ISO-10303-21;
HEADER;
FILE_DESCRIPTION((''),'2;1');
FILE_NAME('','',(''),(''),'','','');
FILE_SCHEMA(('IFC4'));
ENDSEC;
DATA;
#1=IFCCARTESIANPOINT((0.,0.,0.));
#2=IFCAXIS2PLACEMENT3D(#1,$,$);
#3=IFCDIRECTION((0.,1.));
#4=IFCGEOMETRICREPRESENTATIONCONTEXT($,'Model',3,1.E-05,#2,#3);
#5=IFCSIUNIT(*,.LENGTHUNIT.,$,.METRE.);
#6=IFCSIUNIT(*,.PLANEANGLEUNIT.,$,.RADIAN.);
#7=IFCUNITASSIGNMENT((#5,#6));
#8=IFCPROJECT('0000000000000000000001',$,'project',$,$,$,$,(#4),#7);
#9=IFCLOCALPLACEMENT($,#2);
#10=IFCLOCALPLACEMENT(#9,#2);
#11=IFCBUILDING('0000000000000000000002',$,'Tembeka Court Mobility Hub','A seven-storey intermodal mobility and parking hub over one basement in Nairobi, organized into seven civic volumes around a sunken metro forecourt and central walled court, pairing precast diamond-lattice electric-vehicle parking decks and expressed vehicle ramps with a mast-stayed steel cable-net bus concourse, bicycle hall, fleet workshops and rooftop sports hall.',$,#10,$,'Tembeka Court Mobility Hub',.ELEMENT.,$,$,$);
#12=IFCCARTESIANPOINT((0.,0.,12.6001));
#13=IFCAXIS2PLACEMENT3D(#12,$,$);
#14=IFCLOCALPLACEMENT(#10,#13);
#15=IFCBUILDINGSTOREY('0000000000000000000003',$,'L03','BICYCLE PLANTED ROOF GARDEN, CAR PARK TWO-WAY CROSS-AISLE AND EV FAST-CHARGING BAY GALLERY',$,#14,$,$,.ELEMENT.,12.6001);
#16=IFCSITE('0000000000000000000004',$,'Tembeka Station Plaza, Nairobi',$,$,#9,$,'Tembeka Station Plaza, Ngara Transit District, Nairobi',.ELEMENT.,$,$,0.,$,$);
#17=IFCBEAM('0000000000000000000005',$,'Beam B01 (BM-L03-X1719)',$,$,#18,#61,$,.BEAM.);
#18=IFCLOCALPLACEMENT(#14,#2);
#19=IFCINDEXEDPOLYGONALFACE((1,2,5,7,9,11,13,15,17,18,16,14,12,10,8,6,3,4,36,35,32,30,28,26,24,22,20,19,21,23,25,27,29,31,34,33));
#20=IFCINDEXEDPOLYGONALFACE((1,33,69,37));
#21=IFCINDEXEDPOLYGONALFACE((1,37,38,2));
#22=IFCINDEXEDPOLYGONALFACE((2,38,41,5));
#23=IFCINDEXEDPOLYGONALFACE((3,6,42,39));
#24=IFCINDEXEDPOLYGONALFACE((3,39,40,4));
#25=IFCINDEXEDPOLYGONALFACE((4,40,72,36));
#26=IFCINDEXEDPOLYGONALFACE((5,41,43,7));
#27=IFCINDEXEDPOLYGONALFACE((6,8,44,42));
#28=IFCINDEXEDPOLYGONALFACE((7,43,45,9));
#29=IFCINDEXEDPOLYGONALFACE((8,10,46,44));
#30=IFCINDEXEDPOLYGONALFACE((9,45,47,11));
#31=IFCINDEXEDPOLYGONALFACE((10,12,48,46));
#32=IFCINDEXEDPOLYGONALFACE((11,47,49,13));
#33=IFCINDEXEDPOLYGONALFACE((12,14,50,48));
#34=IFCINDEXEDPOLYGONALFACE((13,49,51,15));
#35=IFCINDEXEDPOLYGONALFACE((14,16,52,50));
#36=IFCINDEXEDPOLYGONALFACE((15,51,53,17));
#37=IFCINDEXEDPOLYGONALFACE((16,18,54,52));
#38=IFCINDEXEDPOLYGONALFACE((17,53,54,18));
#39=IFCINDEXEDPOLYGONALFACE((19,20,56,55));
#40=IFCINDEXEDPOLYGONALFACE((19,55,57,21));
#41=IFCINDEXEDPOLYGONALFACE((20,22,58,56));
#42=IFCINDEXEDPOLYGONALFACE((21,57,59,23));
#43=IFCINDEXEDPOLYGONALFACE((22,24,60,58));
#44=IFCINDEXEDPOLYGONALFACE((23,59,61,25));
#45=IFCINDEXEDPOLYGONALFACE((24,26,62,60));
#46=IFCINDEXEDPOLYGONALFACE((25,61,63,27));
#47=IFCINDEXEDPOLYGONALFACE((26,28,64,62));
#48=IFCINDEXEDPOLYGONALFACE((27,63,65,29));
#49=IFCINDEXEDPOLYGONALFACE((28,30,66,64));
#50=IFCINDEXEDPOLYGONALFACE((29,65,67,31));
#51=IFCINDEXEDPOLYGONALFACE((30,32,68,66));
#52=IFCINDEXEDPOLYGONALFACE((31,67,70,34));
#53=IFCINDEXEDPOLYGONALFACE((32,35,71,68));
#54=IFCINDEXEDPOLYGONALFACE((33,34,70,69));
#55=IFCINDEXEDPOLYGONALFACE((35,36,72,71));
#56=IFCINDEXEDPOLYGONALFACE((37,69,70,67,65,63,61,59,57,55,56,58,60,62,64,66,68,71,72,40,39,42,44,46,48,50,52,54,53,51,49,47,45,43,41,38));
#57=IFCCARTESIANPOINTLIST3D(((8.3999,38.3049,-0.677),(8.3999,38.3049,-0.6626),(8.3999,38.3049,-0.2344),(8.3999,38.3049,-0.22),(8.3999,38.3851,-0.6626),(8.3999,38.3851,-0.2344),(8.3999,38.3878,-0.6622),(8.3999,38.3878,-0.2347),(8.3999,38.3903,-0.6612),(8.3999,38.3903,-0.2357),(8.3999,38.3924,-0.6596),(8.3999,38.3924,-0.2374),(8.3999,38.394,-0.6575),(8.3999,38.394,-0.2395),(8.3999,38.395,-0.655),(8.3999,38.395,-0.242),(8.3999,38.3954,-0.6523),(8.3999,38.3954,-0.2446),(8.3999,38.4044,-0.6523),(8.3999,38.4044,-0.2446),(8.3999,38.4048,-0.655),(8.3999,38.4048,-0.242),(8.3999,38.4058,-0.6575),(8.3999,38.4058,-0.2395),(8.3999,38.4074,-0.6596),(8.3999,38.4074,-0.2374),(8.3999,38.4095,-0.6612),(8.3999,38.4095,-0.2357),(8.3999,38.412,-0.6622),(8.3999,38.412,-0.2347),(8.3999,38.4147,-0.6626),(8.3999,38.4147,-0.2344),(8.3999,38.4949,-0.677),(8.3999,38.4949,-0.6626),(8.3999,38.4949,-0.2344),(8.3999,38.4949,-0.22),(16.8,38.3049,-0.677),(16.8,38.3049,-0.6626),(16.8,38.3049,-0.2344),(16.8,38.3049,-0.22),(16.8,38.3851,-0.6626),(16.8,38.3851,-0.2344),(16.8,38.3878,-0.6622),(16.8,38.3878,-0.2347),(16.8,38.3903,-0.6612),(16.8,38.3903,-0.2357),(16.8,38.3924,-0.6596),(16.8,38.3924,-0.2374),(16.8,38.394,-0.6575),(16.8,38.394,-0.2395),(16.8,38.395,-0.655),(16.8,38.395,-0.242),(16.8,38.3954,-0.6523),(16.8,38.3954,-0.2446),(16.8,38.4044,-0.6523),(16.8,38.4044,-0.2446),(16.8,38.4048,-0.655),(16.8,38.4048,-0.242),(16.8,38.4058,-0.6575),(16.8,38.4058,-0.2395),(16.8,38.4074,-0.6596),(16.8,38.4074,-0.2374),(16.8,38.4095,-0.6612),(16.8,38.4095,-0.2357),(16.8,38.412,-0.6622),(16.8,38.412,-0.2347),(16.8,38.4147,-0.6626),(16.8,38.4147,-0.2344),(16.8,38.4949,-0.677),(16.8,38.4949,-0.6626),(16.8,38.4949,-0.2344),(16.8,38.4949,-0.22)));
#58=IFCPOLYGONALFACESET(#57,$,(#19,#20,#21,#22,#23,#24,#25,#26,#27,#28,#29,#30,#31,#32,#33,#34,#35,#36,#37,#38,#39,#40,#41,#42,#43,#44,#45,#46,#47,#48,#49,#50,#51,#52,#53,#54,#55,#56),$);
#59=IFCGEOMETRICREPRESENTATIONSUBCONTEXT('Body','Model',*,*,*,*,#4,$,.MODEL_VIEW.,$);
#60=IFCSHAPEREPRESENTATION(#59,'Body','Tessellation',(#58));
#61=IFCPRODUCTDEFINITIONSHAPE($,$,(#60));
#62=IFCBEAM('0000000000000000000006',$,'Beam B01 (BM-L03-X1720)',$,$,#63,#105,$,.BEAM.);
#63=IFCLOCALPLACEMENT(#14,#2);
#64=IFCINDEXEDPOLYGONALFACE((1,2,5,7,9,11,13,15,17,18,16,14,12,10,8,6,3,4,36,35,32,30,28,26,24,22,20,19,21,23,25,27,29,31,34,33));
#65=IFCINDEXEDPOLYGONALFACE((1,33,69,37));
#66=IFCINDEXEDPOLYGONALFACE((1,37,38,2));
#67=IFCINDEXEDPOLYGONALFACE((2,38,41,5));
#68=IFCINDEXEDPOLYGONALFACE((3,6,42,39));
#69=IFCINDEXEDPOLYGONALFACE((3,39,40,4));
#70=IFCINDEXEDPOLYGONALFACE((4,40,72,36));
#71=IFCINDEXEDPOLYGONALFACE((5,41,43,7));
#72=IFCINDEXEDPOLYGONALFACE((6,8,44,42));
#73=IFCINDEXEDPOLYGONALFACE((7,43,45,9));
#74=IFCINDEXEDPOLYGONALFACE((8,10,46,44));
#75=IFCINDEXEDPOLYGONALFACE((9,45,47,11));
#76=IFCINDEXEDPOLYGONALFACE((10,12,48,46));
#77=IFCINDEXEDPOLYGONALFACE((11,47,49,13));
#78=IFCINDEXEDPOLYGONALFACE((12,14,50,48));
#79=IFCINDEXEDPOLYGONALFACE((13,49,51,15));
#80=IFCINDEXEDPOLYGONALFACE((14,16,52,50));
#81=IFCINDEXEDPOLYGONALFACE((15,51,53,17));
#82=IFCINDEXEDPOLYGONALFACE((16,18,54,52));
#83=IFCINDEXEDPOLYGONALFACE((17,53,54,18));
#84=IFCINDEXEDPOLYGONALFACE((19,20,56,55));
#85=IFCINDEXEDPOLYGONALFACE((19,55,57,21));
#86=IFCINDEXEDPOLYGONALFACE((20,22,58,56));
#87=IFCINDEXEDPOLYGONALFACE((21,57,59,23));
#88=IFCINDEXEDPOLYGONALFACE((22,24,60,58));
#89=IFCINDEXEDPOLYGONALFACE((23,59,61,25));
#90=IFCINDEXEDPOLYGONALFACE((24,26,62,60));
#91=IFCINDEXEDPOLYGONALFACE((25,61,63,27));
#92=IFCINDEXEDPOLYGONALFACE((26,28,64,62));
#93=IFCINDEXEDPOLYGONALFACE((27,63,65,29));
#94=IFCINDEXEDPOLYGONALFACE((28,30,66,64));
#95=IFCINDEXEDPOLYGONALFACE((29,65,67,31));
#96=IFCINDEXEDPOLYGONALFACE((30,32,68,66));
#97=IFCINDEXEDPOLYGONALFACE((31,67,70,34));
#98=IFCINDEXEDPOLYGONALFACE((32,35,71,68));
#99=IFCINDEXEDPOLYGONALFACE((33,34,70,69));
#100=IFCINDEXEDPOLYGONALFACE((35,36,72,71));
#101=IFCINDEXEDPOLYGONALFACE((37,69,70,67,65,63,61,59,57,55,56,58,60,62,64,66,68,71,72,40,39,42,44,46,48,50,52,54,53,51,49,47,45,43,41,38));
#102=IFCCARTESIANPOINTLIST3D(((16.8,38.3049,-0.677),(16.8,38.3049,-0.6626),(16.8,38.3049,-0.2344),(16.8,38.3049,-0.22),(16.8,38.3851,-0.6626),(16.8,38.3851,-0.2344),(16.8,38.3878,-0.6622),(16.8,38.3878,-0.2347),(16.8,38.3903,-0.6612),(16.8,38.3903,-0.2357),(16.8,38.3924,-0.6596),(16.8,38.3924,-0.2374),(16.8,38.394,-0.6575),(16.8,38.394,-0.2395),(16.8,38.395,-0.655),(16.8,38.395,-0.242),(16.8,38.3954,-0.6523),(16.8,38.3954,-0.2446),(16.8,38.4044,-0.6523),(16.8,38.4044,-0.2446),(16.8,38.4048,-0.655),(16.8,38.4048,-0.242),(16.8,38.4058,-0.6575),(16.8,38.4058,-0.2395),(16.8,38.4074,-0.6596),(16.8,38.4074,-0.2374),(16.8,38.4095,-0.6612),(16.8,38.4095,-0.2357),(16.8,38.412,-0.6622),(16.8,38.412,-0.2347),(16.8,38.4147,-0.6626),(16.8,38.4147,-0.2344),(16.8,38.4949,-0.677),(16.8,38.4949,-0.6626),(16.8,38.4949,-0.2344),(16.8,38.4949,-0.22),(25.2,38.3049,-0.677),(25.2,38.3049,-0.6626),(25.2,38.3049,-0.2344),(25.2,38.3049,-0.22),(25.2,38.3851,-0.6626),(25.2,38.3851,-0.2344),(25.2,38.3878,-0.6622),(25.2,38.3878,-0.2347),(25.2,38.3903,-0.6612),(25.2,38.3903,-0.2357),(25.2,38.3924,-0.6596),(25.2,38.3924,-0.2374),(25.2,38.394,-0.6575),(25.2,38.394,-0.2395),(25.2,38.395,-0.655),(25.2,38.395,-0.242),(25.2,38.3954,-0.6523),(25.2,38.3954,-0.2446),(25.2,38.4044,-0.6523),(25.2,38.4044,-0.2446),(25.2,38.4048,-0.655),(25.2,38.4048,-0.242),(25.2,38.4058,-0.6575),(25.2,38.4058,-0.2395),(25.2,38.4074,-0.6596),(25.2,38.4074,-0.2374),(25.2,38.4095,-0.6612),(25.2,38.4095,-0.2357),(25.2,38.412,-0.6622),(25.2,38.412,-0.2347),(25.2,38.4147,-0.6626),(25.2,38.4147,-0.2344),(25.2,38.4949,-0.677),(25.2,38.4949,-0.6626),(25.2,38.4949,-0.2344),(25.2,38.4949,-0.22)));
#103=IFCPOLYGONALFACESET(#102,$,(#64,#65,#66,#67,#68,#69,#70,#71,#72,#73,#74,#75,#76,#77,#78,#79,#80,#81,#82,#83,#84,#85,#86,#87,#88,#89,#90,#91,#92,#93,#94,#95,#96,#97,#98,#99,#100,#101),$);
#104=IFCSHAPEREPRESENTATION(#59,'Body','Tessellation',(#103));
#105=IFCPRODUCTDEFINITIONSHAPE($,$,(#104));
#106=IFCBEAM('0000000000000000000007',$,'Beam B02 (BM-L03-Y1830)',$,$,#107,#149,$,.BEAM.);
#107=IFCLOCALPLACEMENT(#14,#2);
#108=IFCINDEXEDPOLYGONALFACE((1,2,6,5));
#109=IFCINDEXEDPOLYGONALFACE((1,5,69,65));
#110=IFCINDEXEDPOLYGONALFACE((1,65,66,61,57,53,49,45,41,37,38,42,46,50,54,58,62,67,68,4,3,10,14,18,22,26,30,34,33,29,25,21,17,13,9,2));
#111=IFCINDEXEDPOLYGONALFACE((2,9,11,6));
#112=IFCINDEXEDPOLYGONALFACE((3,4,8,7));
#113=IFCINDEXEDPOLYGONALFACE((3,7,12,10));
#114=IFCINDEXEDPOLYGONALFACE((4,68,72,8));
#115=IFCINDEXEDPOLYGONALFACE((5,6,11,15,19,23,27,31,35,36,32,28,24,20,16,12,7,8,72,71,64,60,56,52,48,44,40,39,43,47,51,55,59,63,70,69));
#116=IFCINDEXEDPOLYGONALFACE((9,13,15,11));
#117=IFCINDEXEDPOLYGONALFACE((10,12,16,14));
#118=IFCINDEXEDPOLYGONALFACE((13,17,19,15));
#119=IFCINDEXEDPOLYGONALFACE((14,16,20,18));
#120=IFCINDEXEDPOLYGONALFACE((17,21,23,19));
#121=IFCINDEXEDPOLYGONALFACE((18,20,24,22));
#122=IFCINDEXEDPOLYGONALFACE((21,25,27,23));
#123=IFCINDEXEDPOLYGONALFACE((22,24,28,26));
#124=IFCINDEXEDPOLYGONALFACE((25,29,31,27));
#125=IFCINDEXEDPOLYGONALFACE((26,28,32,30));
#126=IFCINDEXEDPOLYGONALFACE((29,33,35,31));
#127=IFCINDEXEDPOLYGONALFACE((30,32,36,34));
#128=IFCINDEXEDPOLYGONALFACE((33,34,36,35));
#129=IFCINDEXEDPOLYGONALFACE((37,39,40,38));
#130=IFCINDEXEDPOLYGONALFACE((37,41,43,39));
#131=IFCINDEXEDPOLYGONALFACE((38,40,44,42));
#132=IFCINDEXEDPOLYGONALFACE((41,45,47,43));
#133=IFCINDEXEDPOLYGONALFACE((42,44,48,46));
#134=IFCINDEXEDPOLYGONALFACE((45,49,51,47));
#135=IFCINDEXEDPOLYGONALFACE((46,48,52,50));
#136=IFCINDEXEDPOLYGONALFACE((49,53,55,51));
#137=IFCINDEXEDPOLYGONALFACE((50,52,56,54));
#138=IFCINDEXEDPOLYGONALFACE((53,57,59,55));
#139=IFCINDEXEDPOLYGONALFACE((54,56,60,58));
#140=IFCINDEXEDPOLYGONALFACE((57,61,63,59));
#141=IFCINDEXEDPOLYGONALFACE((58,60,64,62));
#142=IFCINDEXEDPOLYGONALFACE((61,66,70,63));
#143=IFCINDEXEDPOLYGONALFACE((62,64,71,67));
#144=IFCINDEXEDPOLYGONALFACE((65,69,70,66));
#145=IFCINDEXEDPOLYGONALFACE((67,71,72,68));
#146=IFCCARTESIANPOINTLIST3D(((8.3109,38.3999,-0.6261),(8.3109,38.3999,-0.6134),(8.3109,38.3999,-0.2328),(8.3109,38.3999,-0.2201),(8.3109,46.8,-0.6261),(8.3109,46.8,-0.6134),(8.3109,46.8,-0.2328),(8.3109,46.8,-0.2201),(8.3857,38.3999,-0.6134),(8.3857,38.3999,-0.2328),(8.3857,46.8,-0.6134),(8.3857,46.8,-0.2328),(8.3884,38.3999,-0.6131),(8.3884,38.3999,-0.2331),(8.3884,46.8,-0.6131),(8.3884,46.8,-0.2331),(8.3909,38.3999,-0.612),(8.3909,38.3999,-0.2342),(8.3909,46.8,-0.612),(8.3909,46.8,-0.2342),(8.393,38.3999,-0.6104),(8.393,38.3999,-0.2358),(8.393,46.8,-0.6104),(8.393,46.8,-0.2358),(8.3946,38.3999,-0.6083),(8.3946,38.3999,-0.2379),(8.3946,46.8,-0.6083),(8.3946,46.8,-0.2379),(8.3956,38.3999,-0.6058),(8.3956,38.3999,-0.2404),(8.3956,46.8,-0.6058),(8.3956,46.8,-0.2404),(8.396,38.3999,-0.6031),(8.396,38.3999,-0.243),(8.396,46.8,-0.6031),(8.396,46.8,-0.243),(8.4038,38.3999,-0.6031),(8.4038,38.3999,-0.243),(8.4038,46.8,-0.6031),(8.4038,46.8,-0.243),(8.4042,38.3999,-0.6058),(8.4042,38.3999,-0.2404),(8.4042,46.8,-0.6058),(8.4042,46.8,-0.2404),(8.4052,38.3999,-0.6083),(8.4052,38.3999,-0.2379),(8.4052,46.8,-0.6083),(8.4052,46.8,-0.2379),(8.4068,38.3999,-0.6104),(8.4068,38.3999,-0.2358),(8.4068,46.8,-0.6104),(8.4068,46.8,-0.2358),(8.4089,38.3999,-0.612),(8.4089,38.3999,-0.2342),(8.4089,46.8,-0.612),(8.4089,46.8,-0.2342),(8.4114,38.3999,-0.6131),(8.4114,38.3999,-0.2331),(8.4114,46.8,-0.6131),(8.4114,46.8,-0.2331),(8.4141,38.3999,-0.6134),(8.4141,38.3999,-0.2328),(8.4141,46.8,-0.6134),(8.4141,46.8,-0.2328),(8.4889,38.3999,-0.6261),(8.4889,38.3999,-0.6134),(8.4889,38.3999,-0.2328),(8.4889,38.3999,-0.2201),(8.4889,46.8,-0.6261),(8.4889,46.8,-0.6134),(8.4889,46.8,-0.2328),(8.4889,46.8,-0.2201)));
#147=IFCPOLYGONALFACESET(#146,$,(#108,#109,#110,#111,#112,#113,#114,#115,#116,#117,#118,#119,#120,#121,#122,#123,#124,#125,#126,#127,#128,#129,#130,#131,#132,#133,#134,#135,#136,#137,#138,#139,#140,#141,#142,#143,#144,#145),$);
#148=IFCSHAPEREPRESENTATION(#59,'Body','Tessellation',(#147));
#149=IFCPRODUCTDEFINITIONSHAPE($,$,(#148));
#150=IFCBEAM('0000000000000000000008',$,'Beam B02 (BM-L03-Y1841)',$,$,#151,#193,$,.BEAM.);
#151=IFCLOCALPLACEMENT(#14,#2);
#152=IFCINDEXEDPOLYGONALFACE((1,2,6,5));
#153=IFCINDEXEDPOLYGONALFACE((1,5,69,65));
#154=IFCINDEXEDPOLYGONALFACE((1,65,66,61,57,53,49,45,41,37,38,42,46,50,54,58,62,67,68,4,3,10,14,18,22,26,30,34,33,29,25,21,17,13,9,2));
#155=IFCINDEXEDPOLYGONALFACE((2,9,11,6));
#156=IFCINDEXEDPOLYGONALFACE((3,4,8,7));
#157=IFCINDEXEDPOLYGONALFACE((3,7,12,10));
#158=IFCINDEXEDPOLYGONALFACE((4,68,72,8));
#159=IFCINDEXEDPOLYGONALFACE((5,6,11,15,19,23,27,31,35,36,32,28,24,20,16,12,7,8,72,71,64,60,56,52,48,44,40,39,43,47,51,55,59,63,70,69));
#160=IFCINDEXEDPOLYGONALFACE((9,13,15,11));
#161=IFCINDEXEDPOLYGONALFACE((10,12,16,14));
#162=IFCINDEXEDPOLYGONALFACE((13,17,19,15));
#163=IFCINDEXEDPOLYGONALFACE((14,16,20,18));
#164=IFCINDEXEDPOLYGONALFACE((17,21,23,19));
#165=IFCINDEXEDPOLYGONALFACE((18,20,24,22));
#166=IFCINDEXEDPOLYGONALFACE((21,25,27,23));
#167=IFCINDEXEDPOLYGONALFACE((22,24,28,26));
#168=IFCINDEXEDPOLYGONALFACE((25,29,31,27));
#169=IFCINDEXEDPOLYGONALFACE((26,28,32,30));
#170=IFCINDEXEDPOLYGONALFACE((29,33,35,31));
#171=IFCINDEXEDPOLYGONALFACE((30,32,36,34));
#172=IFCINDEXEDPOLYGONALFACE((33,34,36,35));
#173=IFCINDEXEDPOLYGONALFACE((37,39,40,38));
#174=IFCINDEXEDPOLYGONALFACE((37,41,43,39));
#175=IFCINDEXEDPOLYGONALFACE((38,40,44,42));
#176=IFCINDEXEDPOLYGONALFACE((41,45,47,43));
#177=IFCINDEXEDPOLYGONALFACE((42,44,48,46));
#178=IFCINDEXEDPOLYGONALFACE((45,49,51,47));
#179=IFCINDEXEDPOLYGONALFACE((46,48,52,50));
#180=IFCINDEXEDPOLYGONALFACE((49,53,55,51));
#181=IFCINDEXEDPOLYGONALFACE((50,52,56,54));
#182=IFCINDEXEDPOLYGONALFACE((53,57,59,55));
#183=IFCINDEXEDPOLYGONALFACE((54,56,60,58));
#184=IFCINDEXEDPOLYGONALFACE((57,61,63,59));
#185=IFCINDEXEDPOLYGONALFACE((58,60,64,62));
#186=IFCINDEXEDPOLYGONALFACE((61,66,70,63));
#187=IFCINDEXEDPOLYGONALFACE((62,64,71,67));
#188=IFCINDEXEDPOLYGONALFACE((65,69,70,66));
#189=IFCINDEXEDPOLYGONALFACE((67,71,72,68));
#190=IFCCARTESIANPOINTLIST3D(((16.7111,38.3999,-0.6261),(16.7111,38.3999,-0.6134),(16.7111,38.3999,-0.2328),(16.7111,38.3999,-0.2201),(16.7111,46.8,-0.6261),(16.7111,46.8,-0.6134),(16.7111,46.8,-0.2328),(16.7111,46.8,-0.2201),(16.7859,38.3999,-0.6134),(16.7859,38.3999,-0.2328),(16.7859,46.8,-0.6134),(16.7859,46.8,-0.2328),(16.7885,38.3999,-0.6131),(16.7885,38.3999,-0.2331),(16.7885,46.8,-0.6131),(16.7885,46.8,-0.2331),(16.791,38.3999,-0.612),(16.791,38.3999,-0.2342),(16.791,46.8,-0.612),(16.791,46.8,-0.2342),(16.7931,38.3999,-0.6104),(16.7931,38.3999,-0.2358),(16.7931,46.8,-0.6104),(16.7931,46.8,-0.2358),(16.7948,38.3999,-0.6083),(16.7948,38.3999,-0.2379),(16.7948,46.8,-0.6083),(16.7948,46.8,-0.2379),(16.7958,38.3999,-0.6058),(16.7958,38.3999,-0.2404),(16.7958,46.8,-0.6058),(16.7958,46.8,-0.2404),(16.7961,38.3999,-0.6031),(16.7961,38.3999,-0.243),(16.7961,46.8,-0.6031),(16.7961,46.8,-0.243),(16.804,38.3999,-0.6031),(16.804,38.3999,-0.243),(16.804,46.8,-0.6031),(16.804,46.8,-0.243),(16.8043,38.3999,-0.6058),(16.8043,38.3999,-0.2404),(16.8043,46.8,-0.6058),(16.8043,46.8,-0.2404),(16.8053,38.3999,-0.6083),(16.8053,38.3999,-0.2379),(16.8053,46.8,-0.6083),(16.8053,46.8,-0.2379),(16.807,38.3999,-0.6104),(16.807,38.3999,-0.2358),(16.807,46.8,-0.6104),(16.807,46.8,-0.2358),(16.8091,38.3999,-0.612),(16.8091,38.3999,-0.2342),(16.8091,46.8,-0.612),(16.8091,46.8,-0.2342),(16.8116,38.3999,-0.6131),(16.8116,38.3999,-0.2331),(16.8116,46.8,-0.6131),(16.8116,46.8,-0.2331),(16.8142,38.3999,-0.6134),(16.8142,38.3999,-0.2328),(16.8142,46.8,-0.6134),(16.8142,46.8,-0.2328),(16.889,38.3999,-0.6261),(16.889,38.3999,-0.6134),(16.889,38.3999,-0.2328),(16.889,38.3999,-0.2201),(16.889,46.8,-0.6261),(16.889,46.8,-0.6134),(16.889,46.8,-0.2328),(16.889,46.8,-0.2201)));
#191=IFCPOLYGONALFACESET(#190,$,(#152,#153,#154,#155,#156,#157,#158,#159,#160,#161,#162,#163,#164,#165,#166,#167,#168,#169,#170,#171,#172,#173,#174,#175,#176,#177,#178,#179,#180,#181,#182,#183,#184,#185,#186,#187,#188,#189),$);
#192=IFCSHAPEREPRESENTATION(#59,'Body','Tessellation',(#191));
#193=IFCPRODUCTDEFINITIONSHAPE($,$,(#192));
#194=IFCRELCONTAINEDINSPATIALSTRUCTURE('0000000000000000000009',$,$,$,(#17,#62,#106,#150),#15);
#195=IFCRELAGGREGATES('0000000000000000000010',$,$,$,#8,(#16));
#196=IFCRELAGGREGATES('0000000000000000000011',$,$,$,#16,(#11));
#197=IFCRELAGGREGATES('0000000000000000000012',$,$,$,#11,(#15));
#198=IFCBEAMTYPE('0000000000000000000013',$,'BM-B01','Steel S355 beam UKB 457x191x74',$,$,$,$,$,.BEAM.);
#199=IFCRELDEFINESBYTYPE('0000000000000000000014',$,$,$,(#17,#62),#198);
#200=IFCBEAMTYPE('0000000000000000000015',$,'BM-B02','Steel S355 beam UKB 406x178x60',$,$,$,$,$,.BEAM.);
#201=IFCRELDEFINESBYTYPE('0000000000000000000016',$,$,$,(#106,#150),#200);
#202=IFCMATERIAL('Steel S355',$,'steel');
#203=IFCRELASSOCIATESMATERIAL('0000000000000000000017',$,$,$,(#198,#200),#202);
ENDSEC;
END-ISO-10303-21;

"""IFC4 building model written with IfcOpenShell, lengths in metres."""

from ifc_helpers import new_model, si_unit, direction, frame, origin, origin_2d, place, context, subcontext, project, spatial, i_section, extrude, material, material_profile, profile_set, type_object, element, save


model = new_model("IFC4")

# Units and contexts
model_context = context("Model", 3, precision=1e-05, world=origin(), true_north=direction((0.0, 1.0)))
body_context = subcontext(model_context, "Body", "Model", "MODEL_VIEW")
ifc_project = project(units=[si_unit("LENGTHUNIT", "METRE"), si_unit("PLANEANGLEUNIT", "RADIAN")], contexts=[model_context])

# Site, building, storey
site_placement = place(None, origin())
site = spatial("IfcSite", under=ifc_project, at=site_placement, Name="Tembeka Station Plaza, Nairobi", LongName="Tembeka Station Plaza, Ngara Transit District, Nairobi", CompositionType="ELEMENT", RefElevation=0.0)
building_placement = place(site_placement, origin())
building = spatial("IfcBuilding", under=site, at=building_placement, Name="Tembeka Court Mobility Hub", Description="A seven-storey intermodal mobility and parking hub over one basement in Nairobi, organized into seven civic volumes around a sunken metro forecourt and central walled court, pairing precast diamond-lattice electric-vehicle parking decks and expressed vehicle ramps with a mast-stayed steel cable-net bus concourse, bicycle hall, fleet workshops and rooftop sports hall.", LongName="Tembeka Court Mobility Hub", CompositionType="ELEMENT")
storey_placement = place(building_placement, frame((0.0, 0.0, 12.6001)))
storey = spatial("IfcBuildingStorey", under=building, at=storey_placement, Name="L03", Description="BICYCLE PLANTED ROOF GARDEN, CAR PARK TWO-WAY CROSS-AISLE AND EV FAST-CHARGING BAY GALLERY", CompositionType="ELEMENT", Elevation=12.6001)

# Shared definitions
ifc_material_1 = material(Name="Steel S355", Category="steel")

# Beams
ifc_material_profile_1 = material_profile(ifc_material_1, i_section(OverallWidth=0.1899, OverallDepth=0.457, WebThickness=0.009, FlangeThickness=0.0144, FilletRadius=0.0103, at=origin_2d()), Name="UKB 457x191x74")
ifc_profile_set_1 = profile_set([ifc_material_profile_1], Name="Steel S355")
beam_type_1 = type_object("IfcBeamType", Name="BM-B01", Description="Steel S355 beam UKB 457x191x74", PredefinedType="BEAM", material=ifc_profile_set_1)
beam_1_placement = place(storey_placement, frame((8.3999, 38.3999, -0.4485), z_axis=(1.0, 0.0, 0.0), x_axis=(0.0, 1.0, 0.0)))
element("IfcBeam", 1, at=beam_1_placement, inside=storey, type_object=beam_type_1, Name="Beam B01 (BM-L03-X1719)", PredefinedType="BEAM", context=body_context, shape_type="SweptSolid", body=[
    extrude(i_section(OverallWidth=0.1899, OverallDepth=0.457, WebThickness=0.009, FlangeThickness=0.0144, FilletRadius=0.0103, at=origin_2d()), origin(), (0.0, 0.0, 1.0), 8.4001),
])
beam_2_placement = place(storey_placement, frame((16.8, 38.3999, -0.4485), z_axis=(1.0, 0.0, 0.0), x_axis=(0.0, 1.0, 0.0)))
element("IfcBeam", 2, at=beam_2_placement, inside=storey, type_object=beam_type_1, Name="Beam B01 (BM-L03-X1720)", PredefinedType="BEAM", context=body_context, shape_type="SweptSolid", body=[
    extrude(i_section(OverallWidth=0.1899, OverallDepth=0.457, WebThickness=0.009, FlangeThickness=0.0144, FilletRadius=0.0103, at=origin_2d()), origin(), (0.0, 0.0, 1.0), 8.3999),
])
ifc_material_profile_2 = material_profile(ifc_material_1, i_section(OverallWidth=0.178, OverallDepth=0.406, WebThickness=0.0078, FlangeThickness=0.0127, FilletRadius=0.0103, at=origin_2d()), Name="UKB 406x178x60")
ifc_profile_set_2 = profile_set([ifc_material_profile_2], Name="Steel S355")
beam_type_2 = type_object("IfcBeamType", Name="BM-B02", Description="Steel S355 beam UKB 406x178x60", PredefinedType="BEAM", material=ifc_profile_set_2)
for number, where, z_axis, x_axis, name in (
    (3, (8.3999, 38.3999, -0.4231), (0.0, 1.0, 0.0), (-1.0, 0.0, 0.0), "Beam B02 (BM-L03-Y1830)"),
    (4, (16.8, 38.3999, -0.4231), (0.0, 1.0, 0.0), (-1.0, 0.0, 0.0), "Beam B02 (BM-L03-Y1841)"),
):
    element("IfcBeam", number, at=place(storey_placement, frame(where, z_axis=z_axis, x_axis=x_axis)), inside=storey, type_object=beam_type_2, Name=name, PredefinedType="BEAM", context=body_context, shape_type="SweptSolid", body=[
        extrude(i_section(OverallWidth=0.178, OverallDepth=0.406, WebThickness=0.0078, FlangeThickness=0.0127, FilletRadius=0.0103, at=origin_2d()), origin(), (0.0, 0.0, 1.0), 8.4001),
    ])

save(model, "model.ifc")
